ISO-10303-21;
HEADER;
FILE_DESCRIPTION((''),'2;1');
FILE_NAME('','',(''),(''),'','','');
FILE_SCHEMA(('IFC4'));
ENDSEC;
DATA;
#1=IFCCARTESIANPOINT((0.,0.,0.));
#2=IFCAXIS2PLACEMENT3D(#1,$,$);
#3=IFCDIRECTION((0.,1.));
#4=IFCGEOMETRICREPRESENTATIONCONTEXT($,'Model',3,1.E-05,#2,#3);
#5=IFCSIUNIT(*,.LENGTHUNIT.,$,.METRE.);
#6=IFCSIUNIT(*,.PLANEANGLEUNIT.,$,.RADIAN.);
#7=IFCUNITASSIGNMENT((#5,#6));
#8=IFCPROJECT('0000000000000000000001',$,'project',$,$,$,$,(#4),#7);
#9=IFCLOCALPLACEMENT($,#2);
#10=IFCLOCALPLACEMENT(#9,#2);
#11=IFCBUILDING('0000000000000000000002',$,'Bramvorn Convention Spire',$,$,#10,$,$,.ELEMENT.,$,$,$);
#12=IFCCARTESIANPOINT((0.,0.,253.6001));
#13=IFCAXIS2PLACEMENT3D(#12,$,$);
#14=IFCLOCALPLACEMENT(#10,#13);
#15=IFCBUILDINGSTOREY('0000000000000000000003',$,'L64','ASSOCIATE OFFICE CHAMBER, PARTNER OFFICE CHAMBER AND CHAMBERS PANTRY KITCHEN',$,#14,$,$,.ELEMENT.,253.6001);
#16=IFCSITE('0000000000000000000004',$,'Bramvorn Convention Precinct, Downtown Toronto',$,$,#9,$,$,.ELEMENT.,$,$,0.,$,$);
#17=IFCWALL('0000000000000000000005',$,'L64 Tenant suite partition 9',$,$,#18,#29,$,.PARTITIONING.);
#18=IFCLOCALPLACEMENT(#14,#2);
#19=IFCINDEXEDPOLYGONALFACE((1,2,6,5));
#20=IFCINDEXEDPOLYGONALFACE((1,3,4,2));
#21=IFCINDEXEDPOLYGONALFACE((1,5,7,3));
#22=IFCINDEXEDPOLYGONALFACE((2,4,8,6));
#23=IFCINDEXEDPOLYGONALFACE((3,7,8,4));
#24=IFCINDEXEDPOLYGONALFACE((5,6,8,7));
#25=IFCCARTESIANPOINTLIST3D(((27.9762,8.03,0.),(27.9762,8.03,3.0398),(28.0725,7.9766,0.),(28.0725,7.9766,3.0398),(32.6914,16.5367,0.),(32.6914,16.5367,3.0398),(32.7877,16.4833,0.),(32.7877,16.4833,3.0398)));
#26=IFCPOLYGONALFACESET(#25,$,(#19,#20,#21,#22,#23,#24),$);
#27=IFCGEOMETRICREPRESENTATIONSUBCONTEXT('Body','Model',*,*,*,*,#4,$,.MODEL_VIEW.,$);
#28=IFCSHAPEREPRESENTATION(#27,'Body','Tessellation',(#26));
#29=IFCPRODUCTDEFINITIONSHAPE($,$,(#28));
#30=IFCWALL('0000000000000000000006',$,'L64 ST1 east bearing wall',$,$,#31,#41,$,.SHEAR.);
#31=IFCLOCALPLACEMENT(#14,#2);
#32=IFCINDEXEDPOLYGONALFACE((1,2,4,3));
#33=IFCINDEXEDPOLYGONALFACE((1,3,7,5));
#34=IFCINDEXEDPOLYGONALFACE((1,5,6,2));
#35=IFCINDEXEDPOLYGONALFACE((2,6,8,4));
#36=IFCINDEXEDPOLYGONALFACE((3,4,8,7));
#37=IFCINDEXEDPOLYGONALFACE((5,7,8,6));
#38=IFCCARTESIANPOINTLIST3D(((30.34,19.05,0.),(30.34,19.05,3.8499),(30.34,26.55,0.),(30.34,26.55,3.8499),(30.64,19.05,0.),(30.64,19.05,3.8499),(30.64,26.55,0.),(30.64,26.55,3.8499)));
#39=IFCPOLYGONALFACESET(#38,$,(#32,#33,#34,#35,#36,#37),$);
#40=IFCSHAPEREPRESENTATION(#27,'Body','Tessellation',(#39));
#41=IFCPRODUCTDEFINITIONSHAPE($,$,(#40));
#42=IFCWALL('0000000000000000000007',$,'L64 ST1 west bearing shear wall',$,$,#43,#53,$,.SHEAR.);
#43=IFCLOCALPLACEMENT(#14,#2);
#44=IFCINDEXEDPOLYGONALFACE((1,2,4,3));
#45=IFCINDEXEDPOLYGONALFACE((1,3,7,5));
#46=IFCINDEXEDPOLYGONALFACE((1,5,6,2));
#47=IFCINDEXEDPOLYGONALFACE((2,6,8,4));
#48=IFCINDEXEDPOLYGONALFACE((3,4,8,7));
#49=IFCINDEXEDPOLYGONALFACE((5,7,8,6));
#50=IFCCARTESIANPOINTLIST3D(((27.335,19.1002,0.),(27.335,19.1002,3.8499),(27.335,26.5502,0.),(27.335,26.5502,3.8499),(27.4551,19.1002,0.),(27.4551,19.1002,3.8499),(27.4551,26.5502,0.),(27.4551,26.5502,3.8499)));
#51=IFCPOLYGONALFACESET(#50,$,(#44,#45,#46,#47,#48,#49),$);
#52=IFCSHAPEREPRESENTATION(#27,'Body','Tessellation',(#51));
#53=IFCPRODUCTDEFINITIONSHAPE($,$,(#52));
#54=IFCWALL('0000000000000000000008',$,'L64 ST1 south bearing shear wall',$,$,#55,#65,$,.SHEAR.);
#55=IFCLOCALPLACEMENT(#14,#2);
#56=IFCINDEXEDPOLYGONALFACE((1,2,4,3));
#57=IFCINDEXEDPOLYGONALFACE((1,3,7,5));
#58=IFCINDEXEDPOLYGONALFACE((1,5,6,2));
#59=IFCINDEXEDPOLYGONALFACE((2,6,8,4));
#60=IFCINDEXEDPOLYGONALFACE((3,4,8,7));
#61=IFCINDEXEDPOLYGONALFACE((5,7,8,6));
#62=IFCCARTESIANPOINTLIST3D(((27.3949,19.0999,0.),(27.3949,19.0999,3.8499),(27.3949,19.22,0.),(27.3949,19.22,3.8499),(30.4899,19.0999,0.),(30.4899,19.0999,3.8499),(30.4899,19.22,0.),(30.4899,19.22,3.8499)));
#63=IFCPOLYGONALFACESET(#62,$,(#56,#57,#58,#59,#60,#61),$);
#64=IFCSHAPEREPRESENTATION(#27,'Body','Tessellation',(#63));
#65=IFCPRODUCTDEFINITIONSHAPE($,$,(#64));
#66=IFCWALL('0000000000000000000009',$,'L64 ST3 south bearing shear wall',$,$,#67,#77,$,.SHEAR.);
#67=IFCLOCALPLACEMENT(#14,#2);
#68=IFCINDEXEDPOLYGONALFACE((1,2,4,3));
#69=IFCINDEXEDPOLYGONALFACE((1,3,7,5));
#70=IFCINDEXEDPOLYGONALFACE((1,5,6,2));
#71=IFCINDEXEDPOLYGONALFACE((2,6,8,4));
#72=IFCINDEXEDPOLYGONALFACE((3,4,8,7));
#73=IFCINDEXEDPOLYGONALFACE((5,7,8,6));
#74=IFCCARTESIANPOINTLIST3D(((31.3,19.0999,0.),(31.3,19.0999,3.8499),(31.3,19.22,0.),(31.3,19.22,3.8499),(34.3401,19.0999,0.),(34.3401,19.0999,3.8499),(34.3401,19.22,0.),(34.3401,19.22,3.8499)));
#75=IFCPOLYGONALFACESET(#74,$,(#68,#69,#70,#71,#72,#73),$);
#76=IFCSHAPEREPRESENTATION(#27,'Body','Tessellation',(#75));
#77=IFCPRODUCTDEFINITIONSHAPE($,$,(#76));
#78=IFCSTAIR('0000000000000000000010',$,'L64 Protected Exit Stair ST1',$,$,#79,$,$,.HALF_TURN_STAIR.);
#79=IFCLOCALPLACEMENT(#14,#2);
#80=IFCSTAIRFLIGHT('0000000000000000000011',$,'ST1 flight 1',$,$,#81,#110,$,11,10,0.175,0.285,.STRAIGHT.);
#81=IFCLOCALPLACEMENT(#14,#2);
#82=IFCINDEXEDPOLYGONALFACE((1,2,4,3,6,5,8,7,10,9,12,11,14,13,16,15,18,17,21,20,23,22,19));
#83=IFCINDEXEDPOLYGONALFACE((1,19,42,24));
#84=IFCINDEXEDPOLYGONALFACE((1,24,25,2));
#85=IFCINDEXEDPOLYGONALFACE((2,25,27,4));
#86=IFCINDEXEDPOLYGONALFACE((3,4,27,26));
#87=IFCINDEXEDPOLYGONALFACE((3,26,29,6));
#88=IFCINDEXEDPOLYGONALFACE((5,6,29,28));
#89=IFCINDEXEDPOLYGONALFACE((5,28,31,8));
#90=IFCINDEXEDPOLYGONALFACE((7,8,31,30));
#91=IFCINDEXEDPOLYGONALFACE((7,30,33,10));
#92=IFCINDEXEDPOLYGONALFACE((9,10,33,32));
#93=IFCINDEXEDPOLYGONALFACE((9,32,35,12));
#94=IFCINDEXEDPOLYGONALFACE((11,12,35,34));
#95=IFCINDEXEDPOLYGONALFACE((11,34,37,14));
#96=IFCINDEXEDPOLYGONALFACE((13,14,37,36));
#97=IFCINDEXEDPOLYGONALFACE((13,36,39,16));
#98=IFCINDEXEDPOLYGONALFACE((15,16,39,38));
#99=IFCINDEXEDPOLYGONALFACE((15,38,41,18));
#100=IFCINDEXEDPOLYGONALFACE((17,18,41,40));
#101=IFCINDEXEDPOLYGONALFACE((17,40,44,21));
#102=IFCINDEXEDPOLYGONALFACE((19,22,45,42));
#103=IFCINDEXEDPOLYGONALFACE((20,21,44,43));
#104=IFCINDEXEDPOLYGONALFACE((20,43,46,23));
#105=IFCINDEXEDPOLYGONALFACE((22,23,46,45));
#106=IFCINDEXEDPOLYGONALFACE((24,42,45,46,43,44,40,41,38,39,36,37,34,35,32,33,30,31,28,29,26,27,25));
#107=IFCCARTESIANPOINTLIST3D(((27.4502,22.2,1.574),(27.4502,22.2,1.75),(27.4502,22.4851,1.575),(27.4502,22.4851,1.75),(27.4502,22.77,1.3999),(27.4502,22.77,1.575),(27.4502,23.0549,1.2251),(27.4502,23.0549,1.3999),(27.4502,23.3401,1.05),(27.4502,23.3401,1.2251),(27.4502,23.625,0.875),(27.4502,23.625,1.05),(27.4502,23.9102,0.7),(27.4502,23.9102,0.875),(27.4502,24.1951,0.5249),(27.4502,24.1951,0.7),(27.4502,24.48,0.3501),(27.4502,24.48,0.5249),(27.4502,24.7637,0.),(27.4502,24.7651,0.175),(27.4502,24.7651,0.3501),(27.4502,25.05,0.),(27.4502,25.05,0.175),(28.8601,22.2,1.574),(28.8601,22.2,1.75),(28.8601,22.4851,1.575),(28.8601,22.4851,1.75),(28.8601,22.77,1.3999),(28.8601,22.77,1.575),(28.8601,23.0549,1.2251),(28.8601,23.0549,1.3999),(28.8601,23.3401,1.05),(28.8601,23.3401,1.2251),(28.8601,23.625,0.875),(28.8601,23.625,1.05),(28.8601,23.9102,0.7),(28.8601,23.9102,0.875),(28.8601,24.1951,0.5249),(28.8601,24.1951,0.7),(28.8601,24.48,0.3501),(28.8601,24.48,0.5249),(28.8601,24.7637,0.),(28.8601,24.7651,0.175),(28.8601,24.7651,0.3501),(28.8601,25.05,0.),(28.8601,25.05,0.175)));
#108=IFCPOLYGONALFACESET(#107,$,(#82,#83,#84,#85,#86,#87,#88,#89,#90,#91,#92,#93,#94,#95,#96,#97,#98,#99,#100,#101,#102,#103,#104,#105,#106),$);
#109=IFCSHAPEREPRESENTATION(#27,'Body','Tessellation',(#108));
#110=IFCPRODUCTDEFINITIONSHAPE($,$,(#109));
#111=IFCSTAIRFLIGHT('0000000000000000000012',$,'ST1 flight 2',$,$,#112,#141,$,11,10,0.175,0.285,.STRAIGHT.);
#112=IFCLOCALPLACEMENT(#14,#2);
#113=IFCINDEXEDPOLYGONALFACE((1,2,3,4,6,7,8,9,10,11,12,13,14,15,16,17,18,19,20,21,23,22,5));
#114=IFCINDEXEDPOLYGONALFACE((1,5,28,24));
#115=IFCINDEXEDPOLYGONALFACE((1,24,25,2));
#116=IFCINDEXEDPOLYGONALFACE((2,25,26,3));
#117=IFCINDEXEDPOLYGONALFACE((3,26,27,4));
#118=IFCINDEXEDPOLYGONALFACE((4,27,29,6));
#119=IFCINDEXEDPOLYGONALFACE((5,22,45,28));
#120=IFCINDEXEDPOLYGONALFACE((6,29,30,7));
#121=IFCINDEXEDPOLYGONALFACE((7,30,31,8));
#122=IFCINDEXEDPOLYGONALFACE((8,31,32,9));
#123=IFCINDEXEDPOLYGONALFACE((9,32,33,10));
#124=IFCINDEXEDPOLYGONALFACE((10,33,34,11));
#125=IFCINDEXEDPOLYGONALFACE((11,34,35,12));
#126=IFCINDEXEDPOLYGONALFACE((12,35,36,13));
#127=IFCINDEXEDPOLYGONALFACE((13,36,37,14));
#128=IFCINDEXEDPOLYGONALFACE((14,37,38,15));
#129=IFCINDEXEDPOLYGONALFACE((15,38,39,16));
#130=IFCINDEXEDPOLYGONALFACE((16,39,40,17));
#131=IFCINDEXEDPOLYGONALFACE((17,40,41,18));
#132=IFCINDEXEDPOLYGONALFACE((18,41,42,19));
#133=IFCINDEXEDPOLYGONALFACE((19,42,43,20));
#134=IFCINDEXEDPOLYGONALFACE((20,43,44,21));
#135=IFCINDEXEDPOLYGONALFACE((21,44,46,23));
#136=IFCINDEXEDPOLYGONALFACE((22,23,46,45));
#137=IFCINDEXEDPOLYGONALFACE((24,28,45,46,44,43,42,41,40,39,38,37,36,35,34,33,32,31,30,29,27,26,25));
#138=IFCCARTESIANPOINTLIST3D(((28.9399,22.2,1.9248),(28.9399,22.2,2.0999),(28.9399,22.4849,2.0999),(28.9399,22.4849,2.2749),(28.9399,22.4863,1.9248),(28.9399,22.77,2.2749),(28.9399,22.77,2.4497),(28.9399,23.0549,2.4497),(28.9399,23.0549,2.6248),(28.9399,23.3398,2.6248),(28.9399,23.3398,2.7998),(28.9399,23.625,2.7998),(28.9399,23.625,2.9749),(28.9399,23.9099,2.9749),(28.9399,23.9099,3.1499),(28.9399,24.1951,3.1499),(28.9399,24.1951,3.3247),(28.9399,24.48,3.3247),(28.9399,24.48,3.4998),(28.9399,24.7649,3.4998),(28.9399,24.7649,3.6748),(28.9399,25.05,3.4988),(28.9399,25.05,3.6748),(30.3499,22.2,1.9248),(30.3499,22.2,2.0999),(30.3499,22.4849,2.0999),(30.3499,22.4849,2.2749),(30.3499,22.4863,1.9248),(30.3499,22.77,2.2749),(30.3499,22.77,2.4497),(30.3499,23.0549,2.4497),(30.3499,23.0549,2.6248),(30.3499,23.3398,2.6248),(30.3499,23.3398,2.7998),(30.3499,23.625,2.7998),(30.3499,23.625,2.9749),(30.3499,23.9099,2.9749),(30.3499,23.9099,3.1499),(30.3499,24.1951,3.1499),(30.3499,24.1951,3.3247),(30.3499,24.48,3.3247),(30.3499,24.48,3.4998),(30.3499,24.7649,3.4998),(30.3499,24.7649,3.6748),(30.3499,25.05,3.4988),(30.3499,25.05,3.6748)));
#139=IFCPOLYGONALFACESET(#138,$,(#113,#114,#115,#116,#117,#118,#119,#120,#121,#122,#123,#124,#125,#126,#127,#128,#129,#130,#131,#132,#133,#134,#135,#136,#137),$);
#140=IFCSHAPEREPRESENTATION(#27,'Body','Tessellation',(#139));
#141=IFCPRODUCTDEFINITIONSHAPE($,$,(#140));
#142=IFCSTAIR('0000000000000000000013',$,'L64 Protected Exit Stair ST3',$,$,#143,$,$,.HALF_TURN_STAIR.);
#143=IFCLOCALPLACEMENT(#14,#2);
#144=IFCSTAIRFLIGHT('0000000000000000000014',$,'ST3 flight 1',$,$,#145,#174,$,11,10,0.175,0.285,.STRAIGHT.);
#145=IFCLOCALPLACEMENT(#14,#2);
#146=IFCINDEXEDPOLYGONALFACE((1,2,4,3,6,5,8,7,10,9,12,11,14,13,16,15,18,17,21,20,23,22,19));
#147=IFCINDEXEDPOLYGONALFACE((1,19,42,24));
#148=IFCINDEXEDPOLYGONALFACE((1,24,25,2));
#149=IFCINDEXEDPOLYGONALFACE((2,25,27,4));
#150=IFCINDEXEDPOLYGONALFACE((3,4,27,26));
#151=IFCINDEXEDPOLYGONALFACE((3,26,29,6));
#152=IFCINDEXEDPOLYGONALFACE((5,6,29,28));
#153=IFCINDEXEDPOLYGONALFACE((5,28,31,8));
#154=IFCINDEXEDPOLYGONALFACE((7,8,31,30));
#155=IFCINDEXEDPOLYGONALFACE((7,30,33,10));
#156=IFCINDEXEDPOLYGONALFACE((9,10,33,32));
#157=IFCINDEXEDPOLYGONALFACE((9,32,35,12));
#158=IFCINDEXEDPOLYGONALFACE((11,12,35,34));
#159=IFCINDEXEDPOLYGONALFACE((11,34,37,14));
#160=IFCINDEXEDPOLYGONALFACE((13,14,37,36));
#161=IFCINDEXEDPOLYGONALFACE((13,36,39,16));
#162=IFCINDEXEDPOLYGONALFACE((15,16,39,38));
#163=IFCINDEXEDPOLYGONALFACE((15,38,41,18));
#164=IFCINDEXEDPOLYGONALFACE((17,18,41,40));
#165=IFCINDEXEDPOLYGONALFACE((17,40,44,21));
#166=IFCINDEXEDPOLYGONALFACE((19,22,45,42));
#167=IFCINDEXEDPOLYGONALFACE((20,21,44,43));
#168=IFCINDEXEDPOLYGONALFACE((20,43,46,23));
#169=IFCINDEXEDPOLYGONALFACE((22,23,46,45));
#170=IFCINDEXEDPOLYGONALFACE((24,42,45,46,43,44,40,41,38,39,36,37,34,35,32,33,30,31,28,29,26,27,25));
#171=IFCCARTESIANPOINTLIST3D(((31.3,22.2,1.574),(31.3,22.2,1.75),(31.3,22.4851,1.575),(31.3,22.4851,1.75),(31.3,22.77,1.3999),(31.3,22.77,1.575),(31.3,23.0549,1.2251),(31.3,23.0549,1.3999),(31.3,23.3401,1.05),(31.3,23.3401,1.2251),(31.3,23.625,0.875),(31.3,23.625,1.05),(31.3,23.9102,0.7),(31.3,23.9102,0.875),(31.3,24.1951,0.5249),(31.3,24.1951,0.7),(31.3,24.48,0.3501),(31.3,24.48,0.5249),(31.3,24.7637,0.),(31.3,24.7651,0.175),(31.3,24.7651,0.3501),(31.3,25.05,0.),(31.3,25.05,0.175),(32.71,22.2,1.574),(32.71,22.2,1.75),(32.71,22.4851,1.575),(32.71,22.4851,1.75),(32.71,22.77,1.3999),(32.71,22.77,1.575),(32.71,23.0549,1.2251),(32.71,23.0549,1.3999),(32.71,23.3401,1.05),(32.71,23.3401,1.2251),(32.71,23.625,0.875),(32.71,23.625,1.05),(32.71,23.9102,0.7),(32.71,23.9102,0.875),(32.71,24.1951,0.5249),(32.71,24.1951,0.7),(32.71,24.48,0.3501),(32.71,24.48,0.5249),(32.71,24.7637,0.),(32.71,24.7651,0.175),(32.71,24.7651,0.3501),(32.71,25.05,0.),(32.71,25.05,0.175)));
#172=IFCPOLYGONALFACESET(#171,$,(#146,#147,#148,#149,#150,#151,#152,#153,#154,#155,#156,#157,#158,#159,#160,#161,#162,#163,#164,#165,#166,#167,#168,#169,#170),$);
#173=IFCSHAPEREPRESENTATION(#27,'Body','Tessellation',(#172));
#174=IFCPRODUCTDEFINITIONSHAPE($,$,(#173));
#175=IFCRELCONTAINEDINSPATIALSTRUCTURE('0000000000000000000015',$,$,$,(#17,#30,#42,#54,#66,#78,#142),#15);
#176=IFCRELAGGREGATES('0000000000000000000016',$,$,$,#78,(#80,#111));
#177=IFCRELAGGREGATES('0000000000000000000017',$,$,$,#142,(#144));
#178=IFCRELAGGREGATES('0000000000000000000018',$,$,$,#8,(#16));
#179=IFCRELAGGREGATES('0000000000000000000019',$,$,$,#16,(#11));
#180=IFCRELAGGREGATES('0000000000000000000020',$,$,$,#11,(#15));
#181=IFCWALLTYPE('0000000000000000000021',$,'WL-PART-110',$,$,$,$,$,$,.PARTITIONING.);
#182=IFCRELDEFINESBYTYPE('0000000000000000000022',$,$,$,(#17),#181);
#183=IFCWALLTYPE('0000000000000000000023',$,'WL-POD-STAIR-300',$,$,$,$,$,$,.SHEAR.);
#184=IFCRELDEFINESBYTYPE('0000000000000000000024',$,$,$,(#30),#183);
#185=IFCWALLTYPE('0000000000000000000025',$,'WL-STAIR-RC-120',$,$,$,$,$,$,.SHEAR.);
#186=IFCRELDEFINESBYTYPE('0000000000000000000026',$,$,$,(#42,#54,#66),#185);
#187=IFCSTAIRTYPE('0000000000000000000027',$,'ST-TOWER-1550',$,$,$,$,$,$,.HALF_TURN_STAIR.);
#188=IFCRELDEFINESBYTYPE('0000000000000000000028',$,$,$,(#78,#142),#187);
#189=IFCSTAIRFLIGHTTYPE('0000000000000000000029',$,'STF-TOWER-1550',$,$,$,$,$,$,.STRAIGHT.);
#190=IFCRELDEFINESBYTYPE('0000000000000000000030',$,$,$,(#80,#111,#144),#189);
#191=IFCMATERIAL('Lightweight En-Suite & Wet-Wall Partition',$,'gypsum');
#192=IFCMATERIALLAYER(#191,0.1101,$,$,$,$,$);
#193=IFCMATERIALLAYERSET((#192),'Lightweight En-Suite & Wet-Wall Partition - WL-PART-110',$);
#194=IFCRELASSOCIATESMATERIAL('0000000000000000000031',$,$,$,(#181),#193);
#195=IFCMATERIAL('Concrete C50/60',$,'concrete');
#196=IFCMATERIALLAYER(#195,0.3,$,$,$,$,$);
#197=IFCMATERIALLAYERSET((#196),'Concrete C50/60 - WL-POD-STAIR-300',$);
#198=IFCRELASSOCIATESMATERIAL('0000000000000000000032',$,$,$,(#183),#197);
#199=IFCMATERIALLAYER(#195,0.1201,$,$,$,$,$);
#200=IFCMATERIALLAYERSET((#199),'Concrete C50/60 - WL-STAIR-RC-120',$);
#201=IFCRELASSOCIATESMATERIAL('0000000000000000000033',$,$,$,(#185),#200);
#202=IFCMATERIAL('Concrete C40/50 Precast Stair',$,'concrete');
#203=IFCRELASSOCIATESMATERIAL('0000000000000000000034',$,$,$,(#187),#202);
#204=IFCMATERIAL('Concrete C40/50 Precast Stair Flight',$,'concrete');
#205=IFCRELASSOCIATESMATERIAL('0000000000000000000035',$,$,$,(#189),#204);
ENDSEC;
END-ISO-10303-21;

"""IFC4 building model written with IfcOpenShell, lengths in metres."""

from ifc_helpers import new_model, si_unit, direction, frame, frame_2d, origin, place, context, subcontext, project, spatial, polyline, rectangle, outline, extrude, material, layer, layer_set, type_object, element, aggregate, save


model = new_model("IFC4")

# Units and contexts
model_context = context("Model", 3, precision=1e-05, world=origin(), true_north=direction((0.0, 1.0)))
body_context = subcontext(model_context, "Body", "Model", "MODEL_VIEW")
ifc_project = project(units=[si_unit("LENGTHUNIT", "METRE"), si_unit("PLANEANGLEUNIT", "RADIAN")], contexts=[model_context])

# Site, building, storey
site_placement = place(None, origin())
site = spatial("IfcSite", under=ifc_project, at=site_placement, Name="Bramvorn Convention Precinct, Downtown Toronto", CompositionType="ELEMENT", RefElevation=0.0)
building_placement = place(site_placement, origin())
building = spatial("IfcBuilding", under=site, at=building_placement, Name="Bramvorn Convention Spire", CompositionType="ELEMENT")
storey_placement = place(building_placement, frame((0.0, 0.0, 253.6001)))
storey = spatial("IfcBuildingStorey", under=building, at=storey_placement, Name="L64", Description="ASSOCIATE OFFICE CHAMBER, PARTNER OFFICE CHAMBER AND CHAMBERS PANTRY KITCHEN", CompositionType="ELEMENT", Elevation=253.6001)

# Walls
ifc_material_1 = material(Name="Concrete C50/60", Category="concrete")
ifc_material_2 = material(Name="Lightweight En-Suite & Wet-Wall Partition", Category="gypsum")
ifc_layer_1 = layer(ifc_material_2, 0.1101)
ifc_layer_set_1 = layer_set([ifc_layer_1], Name="Lightweight En-Suite & Wet-Wall Partition - WL-PART-110")
wall_type_1 = type_object("IfcWallType", Name="WL-PART-110", PredefinedType="PARTITIONING", material=ifc_layer_set_1)
wall_1_placement = place(storey_placement, frame((32.7395, 16.51, 0.0), z_axis=(0.0, 0.0, 1.0), x_axis=(-0.484794, -0.874628, 0.0)))
element("IfcWall", 1, at=wall_1_placement, inside=storey, type_object=wall_type_1, Name="L64 Tenant suite partition 9", PredefinedType="PARTITIONING", context=body_context, shape_type="SweptSolid", body=[
    extrude(rectangle(XDim=9.7261, YDim=0.1101, at=frame_2d((4.863, 0.0))), origin(), (0.0, 0.0, 1.0), 3.0398),
])
ifc_layer_2 = layer(ifc_material_1, 0.3)
ifc_layer_set_2 = layer_set([ifc_layer_2], Name="Concrete C50/60 - WL-POD-STAIR-300")
wall_type_2 = type_object("IfcWallType", Name="WL-POD-STAIR-300", PredefinedType="SHEAR", material=ifc_layer_set_2)
wall_2_placement = place(storey_placement, frame((30.49, 19.05, 0.0), z_axis=(0.0, 0.0, 1.0), x_axis=(0.0, 1.0, 0.0)))
element("IfcWall", 2, at=wall_2_placement, inside=storey, type_object=wall_type_2, Name="L64 ST1 east bearing wall", PredefinedType="SHEAR", context=body_context, shape_type="SweptSolid", body=[
    extrude(rectangle(XDim=7.5, YDim=0.3, at=frame_2d((3.75, 0.0))), origin(), (0.0, 0.0, 1.0), 3.8499),
])
ifc_layer_3 = layer(ifc_material_1, 0.1201)
ifc_layer_set_3 = layer_set([ifc_layer_3], Name="Concrete C50/60 - WL-STAIR-RC-120")
wall_type_3 = type_object("IfcWallType", Name="WL-STAIR-RC-120", PredefinedType="SHEAR", material=ifc_layer_set_3)
wall_3_placement = place(storey_placement, frame((27.395, 19.1001, 0.0), z_axis=(0.0, 0.0, 1.0), x_axis=(0.0, 1.0, 0.0)))
element("IfcWall", 3, at=wall_3_placement, inside=storey, type_object=wall_type_3, Name="L64 ST1 west bearing shear wall", PredefinedType="SHEAR", context=body_context, shape_type="SweptSolid", body=[
    extrude(rectangle(XDim=7.45, YDim=0.1201, at=frame_2d((3.7251, 0.0))), origin(), (0.0, 0.0, 1.0), 3.8499),
])
wall_4_placement = place(storey_placement, frame((27.395, 19.1599, 0.0), z_axis=(0.0, 0.0, 1.0), x_axis=(1.0, 0.0, 0.0)))
element("IfcWall", 4, at=wall_4_placement, inside=storey, type_object=wall_type_3, Name="L64 ST1 south bearing shear wall", PredefinedType="SHEAR", context=body_context, shape_type="SweptSolid", body=[
    extrude(rectangle(XDim=3.095, YDim=0.1201, at=frame_2d((1.5474, 0.0))), origin(), (0.0, 0.0, 1.0), 3.8499),
])
wall_5_placement = place(storey_placement, frame((31.3, 19.1599, 0.0), z_axis=(0.0, 0.0, 1.0), x_axis=(1.0, 0.0, 0.0)))
element("IfcWall", 5, at=wall_5_placement, inside=storey, type_object=wall_type_3, Name="L64 ST3 south bearing shear wall", PredefinedType="SHEAR", context=body_context, shape_type="SweptSolid", body=[
    extrude(rectangle(XDim=3.04, YDim=0.1201, at=frame_2d((1.52, 0.0))), origin(), (0.0, 0.0, 1.0), 3.8499),
])

# Stairs, stair flights
ifc_material_3 = material(Name="Concrete C40/50 Precast Stair", Category="concrete")
stair_type = type_object("IfcStairType", Name="ST-TOWER-1550", PredefinedType="HALF_TURN_STAIR", material=ifc_material_3)
stair_1_placement = place(storey_placement, origin())
stair_1 = element("IfcStair", 6, at=stair_1_placement, inside=storey, type_object=stair_type, Name="L64 Protected Exit Stair ST1", PredefinedType="HALF_TURN_STAIR")
ifc_material_4 = material(Name="Concrete C40/50 Precast Stair Flight", Category="concrete")
stair_flight_type = type_object("IfcStairFlightType", Name="STF-TOWER-1550", PredefinedType="STRAIGHT", material=ifc_material_4)
stair_flight_1_placement = place(storey_placement, frame((28.155, 25.05, 0.0), z_axis=(0.0, 0.0, 1.0), x_axis=(0.0, -1.0, 0.0)))
stair_flight_1 = element("IfcStairFlight", 7, at=stair_flight_1_placement, type_object=stair_flight_type, Name="ST1 flight 1", NumberOfRisers=11, NumberOfTreads=10, PredefinedType="STRAIGHT", RiserHeight=0.175, TreadLength=0.285, context=body_context, shape_type="SweptSolid", body=[
    extrude(outline(polyline([(0.0, 0.0), (0.0, 0.175), (0.2849, 0.175), (0.2849, 0.3501), (0.5701, 0.3501), (0.5701, 0.5249), (0.855, 0.5249), (0.855, 0.7), (1.1399, 0.7), (1.1399, 0.875), (1.425, 0.875), (1.425, 1.05), (1.71, 1.05), (1.71, 1.2251), (1.9951, 1.2251), (1.9951, 1.3999), (2.28, 1.3999), (2.28, 1.575), (2.5649, 1.575), (2.5649, 1.75), (2.8501, 1.75), (2.8501, 1.925), (2.8501, 1.574), (0.2864, 0.0), (0.0, 0.0)])), frame((0.0, 0.7051, 0.0), z_axis=(0.0, -1.0, 0.0), x_axis=(1.0, 0.0, 0.0)), (0.0, 0.0, 1.0), 1.4099),
])
stair_flight_2_placement = place(storey_placement, frame((29.645, 22.2, 1.9248), z_axis=(0.0, 0.0, 1.0), x_axis=(0.0, 1.0, 0.0)))
stair_flight_2 = element("IfcStairFlight", 8, at=stair_flight_2_placement, type_object=stair_flight_type, Name="ST1 flight 2", NumberOfRisers=11, NumberOfTreads=10, PredefinedType="STRAIGHT", RiserHeight=0.175, TreadLength=0.285, context=body_context, shape_type="SweptSolid", body=[
    extrude(outline(polyline([(0.0, 0.0), (0.0, 0.175), (0.2849, 0.175), (0.2849, 0.3501), (0.5701, 0.3501), (0.5701, 0.5249), (0.855, 0.5249), (0.855, 0.7), (1.1399, 0.7), (1.1399, 0.875), (1.425, 0.875), (1.425, 1.05), (1.71, 1.05), (1.71, 1.2251), (1.9951, 1.2251), (1.9951, 1.3999), (2.28, 1.3999), (2.28, 1.575), (2.5649, 1.575), (2.5649, 1.75), (2.8501, 1.75), (2.8501, 1.925), (2.8501, 1.574), (0.2864, 0.0), (0.0, 0.0)])), frame((0.0, 0.7051, 0.0), z_axis=(0.0, -1.0, 0.0), x_axis=(1.0, 0.0, 0.0)), (0.0, 0.0, 1.0), 1.4099),
])
aggregate(stair_1, [stair_flight_1, stair_flight_2])
stair_2_placement = place(storey_placement, origin())
stair_2 = element("IfcStair", 9, at=stair_2_placement, inside=storey, type_object=stair_type, Name="L64 Protected Exit Stair ST3", PredefinedType="HALF_TURN_STAIR")
stair_flight_3_placement = place(storey_placement, frame((32.0049, 25.05, 0.0), z_axis=(0.0, 0.0, 1.0), x_axis=(0.0, -1.0, 0.0)))
stair_flight_3 = element("IfcStairFlight", 10, at=stair_flight_3_placement, type_object=stair_flight_type, Name="ST3 flight 1", NumberOfRisers=11, NumberOfTreads=10, PredefinedType="STRAIGHT", RiserHeight=0.175, TreadLength=0.285, context=body_context, shape_type="SweptSolid", body=[
    extrude(outline(polyline([(0.0, 0.0), (0.0, 0.175), (0.2849, 0.175), (0.2849, 0.3501), (0.5701, 0.3501), (0.5701, 0.5249), (0.855, 0.5249), (0.855, 0.7), (1.1399, 0.7), (1.1399, 0.875), (1.425, 0.875), (1.425, 1.05), (1.71, 1.05), (1.71, 1.2251), (1.9951, 1.2251), (1.9951, 1.3999), (2.28, 1.3999), (2.28, 1.575), (2.5649, 1.575), (2.5649, 1.75), (2.8501, 1.75), (2.8501, 1.925), (2.8501, 1.574), (0.2864, 0.0), (0.0, 0.0)])), frame((0.0, 0.7051, 0.0), z_axis=(0.0, -1.0, 0.0), x_axis=(1.0, 0.0, 0.0)), (0.0, 0.0, 1.0), 1.4099),
])
aggregate(stair_2, [stair_flight_3])

save(model, "model.ifc")
